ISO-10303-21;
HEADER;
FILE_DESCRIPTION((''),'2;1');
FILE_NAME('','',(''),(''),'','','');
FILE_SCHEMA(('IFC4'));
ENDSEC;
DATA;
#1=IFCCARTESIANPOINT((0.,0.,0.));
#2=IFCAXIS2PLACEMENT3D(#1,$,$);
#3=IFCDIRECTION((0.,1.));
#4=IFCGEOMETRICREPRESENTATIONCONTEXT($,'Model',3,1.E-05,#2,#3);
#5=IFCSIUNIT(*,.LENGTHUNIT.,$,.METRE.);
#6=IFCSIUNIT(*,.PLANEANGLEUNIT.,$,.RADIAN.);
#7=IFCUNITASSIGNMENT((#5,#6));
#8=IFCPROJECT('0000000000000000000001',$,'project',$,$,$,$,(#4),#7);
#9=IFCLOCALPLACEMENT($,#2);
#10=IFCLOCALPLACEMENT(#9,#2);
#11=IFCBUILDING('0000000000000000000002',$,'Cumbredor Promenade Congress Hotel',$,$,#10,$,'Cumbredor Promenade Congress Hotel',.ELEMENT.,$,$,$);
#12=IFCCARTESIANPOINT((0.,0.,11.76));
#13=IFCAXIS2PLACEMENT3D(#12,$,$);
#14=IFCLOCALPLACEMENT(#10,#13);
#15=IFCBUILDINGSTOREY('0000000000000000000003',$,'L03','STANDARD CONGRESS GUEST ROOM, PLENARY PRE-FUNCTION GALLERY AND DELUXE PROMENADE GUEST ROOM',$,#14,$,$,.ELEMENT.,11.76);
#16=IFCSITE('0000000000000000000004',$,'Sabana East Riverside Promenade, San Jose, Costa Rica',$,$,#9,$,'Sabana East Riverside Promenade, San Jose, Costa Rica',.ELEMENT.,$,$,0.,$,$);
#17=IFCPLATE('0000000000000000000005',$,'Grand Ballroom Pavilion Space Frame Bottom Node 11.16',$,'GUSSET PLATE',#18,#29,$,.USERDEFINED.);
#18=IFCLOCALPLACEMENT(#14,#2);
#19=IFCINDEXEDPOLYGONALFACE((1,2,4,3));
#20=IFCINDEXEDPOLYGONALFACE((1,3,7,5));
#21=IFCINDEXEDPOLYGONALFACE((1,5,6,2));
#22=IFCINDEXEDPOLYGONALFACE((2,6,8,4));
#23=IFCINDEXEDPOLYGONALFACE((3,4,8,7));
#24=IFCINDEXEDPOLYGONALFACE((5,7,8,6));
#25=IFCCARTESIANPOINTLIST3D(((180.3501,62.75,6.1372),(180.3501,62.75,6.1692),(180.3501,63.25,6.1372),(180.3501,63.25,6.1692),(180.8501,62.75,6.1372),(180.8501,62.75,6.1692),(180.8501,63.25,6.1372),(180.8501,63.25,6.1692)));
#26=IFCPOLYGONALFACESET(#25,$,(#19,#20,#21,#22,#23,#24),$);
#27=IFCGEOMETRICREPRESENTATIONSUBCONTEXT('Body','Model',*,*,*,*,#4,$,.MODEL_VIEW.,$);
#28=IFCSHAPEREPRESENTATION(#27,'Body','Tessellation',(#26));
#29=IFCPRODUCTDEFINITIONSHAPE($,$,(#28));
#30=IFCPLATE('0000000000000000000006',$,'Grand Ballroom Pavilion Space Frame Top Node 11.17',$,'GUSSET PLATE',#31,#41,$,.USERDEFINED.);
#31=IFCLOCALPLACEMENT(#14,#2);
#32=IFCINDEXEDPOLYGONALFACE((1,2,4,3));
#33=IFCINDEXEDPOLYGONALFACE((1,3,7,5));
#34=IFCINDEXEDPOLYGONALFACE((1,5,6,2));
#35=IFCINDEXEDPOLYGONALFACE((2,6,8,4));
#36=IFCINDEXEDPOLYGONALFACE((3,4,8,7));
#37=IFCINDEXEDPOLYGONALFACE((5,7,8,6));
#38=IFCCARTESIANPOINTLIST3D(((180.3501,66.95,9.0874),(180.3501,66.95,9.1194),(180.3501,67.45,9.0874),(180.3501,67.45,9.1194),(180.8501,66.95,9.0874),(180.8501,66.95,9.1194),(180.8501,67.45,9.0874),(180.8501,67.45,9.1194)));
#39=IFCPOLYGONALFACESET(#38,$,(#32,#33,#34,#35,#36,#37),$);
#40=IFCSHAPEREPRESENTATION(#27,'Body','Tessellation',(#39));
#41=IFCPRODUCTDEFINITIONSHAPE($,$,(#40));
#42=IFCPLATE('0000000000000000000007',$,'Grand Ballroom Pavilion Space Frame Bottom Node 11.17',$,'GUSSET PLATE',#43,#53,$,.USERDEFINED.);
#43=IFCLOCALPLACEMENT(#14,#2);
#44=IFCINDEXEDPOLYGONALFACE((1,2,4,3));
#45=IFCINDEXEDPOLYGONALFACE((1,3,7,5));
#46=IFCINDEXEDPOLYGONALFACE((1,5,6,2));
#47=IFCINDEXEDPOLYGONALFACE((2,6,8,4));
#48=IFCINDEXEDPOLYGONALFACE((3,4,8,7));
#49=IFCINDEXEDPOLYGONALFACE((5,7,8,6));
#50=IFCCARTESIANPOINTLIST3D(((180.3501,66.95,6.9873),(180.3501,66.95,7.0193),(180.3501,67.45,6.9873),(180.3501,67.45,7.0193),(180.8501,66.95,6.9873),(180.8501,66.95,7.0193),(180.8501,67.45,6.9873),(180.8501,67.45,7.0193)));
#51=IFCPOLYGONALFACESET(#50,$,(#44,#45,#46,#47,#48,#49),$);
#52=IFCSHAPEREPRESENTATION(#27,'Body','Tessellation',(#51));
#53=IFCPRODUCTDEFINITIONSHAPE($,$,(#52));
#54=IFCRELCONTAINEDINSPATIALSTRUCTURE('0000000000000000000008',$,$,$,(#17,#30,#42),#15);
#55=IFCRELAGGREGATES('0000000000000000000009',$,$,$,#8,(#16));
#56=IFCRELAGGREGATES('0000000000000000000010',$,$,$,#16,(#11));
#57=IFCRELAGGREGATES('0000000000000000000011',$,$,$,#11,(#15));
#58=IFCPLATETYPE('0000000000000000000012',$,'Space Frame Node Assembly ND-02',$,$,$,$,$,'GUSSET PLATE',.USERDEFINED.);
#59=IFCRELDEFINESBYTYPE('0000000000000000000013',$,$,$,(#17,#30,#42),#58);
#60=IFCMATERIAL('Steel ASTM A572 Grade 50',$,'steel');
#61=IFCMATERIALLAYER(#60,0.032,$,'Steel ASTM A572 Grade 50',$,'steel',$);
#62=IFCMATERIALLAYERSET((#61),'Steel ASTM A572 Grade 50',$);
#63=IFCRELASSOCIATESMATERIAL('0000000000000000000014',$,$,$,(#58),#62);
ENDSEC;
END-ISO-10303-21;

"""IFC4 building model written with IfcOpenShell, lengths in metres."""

from ifc_helpers import new_model, si_unit, direction, frame, origin, origin_2d, place, context, subcontext, project, spatial, rectangle, extrude, material, layer, layer_set, type_object, element, save


model = new_model("IFC4")

# Units and contexts
model_context = context("Model", 3, precision=1e-05, world=origin(), true_north=direction((0.0, 1.0)))
body_context = subcontext(model_context, "Body", "Model", "MODEL_VIEW")
ifc_project = project(units=[si_unit("LENGTHUNIT", "METRE"), si_unit("PLANEANGLEUNIT", "RADIAN")], contexts=[model_context])

# Site, building, storey
site_placement = place(None, origin())
site = spatial("IfcSite", under=ifc_project, at=site_placement, Name="Sabana East Riverside Promenade, San Jose, Costa Rica", LongName="Sabana East Riverside Promenade, San Jose, Costa Rica", CompositionType="ELEMENT", RefElevation=0.0)
building_placement = place(site_placement, origin())
building = spatial("IfcBuilding", under=site, at=building_placement, Name="Cumbredor Promenade Congress Hotel", LongName="Cumbredor Promenade Congress Hotel", CompositionType="ELEMENT")
storey_placement = place(building_placement, frame((0.0, 0.0, 11.76)))
storey = spatial("IfcBuildingStorey", under=building, at=storey_placement, Name="L03", Description="STANDARD CONGRESS GUEST ROOM, PLENARY PRE-FUNCTION GALLERY AND DELUXE PROMENADE GUEST ROOM", CompositionType="ELEMENT", Elevation=11.76)

# Plates
ifc_material_1 = material(Name="Steel ASTM A572 Grade 50", Category="steel")
ifc_layer_1 = layer(ifc_material_1, 0.032, Name="Steel ASTM A572 Grade 50", Category="steel")
ifc_layer_set_1 = layer_set([ifc_layer_1], Name="Steel ASTM A572 Grade 50")
plate_type_1 = type_object("IfcPlateType", Name="Space Frame Node Assembly ND-02", ElementType="GUSSET PLATE", PredefinedType="USERDEFINED", material=ifc_layer_set_1)
for number, where, z_axis, x_axis, name in (
    (1, (180.6001, 63.0, 6.1372), (0.0, 0.0, 1.0), (1.0, 0.0, 0.0), "Grand Ballroom Pavilion Space Frame Bottom Node 11.16"),
    (2, (180.6001, 67.2, 9.0874), (0.0, 0.0, 1.0), (1.0, 0.0, 0.0), "Grand Ballroom Pavilion Space Frame Top Node 11.17"),
    (3, (180.6001, 67.2, 6.9873), (0.0, 0.0, 1.0), (1.0, 0.0, 0.0), "Grand Ballroom Pavilion Space Frame Bottom Node 11.17"),
):
    element("IfcPlate", number, at=place(storey_placement, frame(where, z_axis=z_axis, x_axis=x_axis)), inside=storey, type_object=plate_type_1, Name=name, ObjectType="GUSSET PLATE", PredefinedType="USERDEFINED", context=body_context, shape_type="SweptSolid", body=[
        extrude(rectangle(XDim=0.5, YDim=0.5, at=origin_2d()), origin(), (0.0, 0.0, 1.0), 0.032),
    ])

save(model, "model.ifc")
